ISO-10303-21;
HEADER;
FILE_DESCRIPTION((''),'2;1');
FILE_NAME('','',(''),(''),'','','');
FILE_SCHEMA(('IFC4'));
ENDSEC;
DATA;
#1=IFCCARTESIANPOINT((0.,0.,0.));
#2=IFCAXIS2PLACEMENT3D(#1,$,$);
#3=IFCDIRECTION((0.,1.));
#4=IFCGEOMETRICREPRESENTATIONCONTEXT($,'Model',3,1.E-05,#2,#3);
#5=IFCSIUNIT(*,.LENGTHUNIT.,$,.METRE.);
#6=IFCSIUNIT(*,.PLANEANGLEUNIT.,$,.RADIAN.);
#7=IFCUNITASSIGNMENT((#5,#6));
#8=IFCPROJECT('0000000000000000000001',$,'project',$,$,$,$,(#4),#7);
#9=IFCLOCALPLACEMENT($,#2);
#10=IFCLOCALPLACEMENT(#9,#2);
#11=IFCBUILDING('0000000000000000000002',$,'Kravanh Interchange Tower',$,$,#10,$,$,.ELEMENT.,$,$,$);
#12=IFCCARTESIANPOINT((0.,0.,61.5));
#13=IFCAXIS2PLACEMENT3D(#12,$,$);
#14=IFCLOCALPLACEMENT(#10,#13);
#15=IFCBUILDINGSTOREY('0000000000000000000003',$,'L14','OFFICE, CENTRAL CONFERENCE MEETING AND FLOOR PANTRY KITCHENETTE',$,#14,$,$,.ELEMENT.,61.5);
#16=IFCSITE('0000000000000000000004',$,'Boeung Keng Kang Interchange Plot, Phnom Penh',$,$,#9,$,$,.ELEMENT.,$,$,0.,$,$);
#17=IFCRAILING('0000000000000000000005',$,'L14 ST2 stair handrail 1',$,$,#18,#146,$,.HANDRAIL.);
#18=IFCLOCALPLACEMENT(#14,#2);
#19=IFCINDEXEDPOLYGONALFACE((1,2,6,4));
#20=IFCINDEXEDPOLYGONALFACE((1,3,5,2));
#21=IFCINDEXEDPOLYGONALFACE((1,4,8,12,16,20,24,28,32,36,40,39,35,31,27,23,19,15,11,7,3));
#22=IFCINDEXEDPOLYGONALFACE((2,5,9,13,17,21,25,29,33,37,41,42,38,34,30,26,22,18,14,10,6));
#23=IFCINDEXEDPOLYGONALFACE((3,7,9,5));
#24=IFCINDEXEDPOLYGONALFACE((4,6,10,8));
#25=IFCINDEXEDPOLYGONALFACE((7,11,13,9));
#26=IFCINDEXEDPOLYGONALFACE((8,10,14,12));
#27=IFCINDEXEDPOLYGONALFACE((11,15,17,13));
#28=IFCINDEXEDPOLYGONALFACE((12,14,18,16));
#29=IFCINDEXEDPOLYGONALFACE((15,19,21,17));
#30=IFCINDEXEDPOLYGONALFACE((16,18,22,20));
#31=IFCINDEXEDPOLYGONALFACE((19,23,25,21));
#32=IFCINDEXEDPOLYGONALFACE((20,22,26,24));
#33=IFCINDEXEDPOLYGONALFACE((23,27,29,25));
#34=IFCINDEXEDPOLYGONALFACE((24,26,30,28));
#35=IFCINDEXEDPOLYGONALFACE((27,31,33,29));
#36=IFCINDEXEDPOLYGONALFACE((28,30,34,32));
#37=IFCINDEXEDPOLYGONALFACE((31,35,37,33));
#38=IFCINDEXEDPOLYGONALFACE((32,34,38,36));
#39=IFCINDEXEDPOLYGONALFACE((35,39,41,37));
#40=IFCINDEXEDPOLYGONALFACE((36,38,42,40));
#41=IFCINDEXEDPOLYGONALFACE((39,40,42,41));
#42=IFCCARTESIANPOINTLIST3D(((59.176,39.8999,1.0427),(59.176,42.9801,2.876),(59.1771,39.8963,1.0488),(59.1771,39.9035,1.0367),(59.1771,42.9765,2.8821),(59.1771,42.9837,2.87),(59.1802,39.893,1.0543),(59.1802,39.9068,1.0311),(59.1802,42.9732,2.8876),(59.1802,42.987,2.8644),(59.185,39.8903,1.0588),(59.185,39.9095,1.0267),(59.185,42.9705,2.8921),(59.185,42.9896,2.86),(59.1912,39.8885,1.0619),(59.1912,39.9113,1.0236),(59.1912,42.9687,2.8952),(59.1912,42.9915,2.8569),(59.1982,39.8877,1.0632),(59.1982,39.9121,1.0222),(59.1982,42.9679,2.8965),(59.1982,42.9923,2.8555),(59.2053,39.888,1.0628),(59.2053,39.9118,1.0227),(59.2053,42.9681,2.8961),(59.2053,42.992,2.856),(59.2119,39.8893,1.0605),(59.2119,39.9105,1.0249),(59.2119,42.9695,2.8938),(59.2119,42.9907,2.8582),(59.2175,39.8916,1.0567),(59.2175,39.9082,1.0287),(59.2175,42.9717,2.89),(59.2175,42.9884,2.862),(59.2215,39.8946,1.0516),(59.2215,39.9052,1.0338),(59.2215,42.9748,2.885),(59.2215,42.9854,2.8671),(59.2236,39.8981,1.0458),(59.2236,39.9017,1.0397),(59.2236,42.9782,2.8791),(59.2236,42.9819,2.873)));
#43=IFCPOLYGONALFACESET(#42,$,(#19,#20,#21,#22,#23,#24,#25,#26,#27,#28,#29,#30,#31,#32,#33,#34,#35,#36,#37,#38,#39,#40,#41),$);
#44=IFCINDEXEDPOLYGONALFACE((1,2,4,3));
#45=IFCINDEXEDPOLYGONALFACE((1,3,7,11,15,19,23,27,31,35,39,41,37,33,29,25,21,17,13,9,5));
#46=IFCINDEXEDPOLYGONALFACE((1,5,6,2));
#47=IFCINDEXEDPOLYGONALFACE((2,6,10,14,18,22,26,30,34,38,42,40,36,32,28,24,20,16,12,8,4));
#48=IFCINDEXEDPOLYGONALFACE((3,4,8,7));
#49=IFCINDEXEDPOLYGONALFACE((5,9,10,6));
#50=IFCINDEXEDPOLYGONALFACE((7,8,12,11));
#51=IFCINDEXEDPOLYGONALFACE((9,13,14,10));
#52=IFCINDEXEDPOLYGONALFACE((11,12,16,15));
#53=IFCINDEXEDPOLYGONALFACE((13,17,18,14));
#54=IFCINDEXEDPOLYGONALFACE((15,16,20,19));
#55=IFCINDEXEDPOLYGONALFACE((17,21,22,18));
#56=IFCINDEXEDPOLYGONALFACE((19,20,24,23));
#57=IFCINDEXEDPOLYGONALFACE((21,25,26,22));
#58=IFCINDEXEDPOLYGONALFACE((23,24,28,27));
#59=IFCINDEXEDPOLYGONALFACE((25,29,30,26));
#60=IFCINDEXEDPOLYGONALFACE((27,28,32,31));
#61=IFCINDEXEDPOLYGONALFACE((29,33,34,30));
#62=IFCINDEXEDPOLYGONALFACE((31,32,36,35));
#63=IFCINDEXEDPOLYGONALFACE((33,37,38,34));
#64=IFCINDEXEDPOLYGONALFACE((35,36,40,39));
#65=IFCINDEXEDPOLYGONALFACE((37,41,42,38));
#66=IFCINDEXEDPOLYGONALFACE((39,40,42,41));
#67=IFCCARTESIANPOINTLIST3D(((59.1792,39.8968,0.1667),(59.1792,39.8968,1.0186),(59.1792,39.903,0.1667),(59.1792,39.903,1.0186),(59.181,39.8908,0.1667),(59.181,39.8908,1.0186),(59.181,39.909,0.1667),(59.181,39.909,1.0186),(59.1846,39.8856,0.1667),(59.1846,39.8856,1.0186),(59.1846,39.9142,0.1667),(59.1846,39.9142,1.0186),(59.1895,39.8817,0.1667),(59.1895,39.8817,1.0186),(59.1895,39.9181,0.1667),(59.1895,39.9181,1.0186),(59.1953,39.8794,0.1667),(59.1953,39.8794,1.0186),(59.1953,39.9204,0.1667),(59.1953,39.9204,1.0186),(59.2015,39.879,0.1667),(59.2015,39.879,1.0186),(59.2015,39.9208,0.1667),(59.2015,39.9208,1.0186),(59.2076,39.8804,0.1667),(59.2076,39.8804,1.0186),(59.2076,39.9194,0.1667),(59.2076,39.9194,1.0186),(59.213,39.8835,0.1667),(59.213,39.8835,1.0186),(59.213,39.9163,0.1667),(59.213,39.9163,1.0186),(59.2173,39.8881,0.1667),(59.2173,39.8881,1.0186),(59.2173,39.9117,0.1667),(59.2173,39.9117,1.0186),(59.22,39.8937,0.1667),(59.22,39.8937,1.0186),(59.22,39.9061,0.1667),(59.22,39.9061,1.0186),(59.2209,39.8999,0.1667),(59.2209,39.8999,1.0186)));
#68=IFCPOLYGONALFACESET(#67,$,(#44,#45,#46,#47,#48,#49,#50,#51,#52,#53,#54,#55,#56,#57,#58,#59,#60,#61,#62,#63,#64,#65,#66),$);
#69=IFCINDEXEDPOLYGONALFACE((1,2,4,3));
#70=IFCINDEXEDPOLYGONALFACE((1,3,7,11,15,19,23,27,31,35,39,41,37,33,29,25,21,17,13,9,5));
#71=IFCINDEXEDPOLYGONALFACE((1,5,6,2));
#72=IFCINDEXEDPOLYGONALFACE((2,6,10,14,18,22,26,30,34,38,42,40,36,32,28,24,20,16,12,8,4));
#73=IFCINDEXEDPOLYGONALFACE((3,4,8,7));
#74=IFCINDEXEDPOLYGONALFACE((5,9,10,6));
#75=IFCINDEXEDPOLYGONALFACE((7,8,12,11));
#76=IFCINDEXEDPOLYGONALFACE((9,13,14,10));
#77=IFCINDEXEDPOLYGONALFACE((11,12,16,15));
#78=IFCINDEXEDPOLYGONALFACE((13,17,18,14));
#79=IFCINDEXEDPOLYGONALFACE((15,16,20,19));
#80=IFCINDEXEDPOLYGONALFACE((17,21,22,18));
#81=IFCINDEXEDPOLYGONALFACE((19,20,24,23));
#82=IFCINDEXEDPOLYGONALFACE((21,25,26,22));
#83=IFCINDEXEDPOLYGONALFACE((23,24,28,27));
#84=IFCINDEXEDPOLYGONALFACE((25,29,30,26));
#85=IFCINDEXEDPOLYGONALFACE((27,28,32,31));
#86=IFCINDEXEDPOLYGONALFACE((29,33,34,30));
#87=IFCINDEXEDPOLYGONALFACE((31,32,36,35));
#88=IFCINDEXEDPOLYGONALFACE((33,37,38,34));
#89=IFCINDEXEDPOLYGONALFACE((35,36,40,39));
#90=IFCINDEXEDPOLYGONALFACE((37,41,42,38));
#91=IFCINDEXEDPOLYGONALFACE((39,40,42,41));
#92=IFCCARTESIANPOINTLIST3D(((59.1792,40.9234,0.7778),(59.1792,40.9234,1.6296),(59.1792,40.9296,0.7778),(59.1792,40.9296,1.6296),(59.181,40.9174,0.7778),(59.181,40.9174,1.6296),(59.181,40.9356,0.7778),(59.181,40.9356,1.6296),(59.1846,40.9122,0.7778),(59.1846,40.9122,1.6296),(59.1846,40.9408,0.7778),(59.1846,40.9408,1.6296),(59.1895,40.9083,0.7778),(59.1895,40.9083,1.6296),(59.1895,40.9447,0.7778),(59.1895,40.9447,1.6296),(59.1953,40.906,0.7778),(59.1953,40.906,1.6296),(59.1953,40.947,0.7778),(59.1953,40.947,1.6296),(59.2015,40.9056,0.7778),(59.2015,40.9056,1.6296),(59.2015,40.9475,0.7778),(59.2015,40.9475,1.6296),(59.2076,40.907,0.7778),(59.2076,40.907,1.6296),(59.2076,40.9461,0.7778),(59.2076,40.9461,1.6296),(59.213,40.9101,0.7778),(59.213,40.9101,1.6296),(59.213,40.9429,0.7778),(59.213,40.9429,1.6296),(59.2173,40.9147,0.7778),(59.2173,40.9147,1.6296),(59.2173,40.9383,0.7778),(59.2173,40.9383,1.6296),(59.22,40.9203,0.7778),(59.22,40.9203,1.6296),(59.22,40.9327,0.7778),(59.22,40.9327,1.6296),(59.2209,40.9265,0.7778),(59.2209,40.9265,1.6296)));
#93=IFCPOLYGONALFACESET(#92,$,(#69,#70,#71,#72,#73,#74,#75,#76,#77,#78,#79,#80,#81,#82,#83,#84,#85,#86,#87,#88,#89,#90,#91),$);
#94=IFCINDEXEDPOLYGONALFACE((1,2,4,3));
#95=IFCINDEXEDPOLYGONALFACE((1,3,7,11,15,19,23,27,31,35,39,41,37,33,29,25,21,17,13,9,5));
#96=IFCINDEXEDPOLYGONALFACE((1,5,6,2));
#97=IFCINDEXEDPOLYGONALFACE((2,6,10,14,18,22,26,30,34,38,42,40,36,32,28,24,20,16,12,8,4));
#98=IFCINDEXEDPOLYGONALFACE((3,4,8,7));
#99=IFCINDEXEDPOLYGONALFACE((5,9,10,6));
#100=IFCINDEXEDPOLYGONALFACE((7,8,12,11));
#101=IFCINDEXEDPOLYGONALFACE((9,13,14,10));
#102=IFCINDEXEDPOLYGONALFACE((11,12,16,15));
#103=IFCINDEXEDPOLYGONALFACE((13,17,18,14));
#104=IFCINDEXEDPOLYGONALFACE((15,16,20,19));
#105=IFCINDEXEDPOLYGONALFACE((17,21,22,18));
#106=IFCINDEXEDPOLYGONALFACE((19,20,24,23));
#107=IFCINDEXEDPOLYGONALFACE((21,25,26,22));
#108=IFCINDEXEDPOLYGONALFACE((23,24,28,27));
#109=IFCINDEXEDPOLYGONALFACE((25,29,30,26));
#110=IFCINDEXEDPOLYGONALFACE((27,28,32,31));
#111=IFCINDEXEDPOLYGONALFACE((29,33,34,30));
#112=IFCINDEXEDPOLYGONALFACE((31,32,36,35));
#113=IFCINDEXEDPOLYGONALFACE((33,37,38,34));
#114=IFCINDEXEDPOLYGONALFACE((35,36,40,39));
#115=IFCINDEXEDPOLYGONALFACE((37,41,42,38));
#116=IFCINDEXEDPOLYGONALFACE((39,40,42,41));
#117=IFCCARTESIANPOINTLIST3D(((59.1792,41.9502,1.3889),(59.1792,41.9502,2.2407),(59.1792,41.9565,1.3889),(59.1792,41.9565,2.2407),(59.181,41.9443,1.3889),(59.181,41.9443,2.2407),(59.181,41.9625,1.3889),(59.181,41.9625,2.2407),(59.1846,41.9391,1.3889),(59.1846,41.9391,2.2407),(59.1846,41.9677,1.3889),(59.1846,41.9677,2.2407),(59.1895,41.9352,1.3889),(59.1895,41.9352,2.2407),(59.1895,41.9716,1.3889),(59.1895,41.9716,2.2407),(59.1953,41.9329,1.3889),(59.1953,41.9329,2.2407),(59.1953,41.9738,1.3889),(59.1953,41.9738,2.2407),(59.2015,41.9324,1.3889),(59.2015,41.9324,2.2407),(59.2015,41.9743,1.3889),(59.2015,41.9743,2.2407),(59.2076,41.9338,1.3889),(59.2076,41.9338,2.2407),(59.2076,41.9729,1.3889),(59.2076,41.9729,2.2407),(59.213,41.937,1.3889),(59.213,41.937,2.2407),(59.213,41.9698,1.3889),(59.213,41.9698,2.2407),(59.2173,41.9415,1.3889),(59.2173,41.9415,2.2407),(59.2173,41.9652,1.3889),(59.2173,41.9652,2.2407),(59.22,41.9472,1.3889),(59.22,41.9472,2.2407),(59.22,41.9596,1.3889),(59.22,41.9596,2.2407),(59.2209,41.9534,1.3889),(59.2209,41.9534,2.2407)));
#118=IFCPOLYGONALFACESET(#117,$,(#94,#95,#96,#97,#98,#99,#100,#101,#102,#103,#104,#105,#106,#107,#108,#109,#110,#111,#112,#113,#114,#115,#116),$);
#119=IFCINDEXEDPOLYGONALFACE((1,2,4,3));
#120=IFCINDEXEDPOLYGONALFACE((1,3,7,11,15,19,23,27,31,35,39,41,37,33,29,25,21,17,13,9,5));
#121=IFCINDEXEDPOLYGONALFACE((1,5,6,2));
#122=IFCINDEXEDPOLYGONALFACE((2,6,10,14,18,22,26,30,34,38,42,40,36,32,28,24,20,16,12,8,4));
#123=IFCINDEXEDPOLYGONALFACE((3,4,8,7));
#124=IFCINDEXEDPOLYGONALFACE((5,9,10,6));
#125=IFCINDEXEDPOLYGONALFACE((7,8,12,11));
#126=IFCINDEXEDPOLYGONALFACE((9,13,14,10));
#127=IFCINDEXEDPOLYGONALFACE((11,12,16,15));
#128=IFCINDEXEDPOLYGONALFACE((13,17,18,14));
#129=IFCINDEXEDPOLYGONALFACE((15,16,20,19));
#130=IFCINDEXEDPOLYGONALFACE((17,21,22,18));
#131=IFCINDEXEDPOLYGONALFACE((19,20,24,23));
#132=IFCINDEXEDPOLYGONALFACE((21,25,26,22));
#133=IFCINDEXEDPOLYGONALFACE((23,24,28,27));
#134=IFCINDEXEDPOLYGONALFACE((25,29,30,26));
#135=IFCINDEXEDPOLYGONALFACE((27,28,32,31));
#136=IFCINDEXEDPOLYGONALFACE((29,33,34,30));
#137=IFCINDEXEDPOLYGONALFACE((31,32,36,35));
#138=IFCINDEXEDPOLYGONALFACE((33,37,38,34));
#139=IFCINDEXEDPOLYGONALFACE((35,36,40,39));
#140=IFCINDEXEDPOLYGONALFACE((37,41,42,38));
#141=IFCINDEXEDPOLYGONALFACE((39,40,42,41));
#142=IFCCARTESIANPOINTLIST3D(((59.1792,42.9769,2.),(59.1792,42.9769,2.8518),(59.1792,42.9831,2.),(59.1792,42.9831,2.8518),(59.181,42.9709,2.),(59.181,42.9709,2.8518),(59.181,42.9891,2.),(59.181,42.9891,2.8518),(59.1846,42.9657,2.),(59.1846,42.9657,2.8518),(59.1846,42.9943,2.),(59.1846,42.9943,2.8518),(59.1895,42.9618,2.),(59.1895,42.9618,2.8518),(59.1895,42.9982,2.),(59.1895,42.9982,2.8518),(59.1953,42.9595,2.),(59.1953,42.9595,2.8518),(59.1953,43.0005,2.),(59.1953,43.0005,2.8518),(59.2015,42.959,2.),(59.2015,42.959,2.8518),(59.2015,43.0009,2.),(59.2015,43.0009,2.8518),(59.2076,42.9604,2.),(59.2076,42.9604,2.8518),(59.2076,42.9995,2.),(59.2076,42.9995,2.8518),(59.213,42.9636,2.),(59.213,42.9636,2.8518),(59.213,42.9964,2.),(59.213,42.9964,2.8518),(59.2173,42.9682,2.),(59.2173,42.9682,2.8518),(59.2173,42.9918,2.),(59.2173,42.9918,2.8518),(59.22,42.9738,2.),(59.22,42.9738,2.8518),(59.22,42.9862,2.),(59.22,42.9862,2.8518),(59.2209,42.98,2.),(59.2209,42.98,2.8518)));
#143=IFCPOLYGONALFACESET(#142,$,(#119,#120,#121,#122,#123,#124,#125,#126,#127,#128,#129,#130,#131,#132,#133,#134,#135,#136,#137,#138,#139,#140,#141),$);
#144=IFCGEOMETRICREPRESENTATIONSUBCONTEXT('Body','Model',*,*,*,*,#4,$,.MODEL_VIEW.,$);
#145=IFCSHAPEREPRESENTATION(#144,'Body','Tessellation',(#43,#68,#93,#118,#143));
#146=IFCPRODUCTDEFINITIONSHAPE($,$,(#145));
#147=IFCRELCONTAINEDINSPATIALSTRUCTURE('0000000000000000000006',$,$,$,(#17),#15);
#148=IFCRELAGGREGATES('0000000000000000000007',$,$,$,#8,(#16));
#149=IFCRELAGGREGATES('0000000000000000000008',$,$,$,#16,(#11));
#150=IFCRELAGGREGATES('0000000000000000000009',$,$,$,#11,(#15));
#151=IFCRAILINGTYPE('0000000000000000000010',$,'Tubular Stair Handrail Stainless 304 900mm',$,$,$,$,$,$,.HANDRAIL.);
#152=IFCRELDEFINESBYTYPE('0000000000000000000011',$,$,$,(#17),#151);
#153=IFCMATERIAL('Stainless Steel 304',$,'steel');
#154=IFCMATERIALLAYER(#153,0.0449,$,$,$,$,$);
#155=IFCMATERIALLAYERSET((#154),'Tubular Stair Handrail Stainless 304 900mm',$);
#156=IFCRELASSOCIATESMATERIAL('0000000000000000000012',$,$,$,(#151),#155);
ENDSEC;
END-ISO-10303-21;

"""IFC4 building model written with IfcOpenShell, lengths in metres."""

from ifc_helpers import new_model, si_unit, direction, frame, origin, origin_2d, place, context, subcontext, project, spatial, circle, extrude, material, layer, layer_set, type_object, element, save


model = new_model("IFC4")

# Units and contexts
model_context = context("Model", 3, precision=1e-05, world=origin(), true_north=direction((0.0, 1.0)))
body_context = subcontext(model_context, "Body", "Model", "MODEL_VIEW")
ifc_project = project(units=[si_unit("LENGTHUNIT", "METRE"), si_unit("PLANEANGLEUNIT", "RADIAN")], contexts=[model_context])

# Site, building, storey
site_placement = place(None, origin())
site = spatial("IfcSite", under=ifc_project, at=site_placement, Name="Boeung Keng Kang Interchange Plot, Phnom Penh", CompositionType="ELEMENT", RefElevation=0.0)
building_placement = place(site_placement, origin())
building = spatial("IfcBuilding", under=site, at=building_placement, Name="Kravanh Interchange Tower", CompositionType="ELEMENT")
storey_placement = place(building_placement, frame((0.0, 0.0, 61.5)))
storey = spatial("IfcBuildingStorey", under=building, at=storey_placement, Name="L14", Description="OFFICE, CENTRAL CONFERENCE MEETING AND FLOOR PANTRY KITCHENETTE", CompositionType="ELEMENT", Elevation=61.5)

# Railing
ifc_material_1 = material(Name="Stainless Steel 304", Category="steel")
ifc_layer_1 = layer(ifc_material_1, 0.0449)
ifc_layer_set_1 = layer_set([ifc_layer_1], Name="Tubular Stair Handrail Stainless 304 900mm")
railing_type_1 = type_object("IfcRailingType", Name="Tubular Stair Handrail Stainless 304 900mm", PredefinedType="HANDRAIL", material=ifc_layer_set_1)
railing_1_placement = place(storey_placement, frame((59.2, 39.8999, 0.1667)))
element("IfcRailing", 1, at=railing_1_placement, inside=storey, type_object=railing_type_1, Name="L14 ST2 stair handrail 1", PredefinedType="HANDRAIL", context=body_context, shape_type="SweptSolid", body=[
    extrude(circle(Radius=0.0239, at=origin_2d()), frame((0.0, 0.0, 0.876), z_axis=(0.0, 0.859309, 0.511458), x_axis=(-1.0, 0.0, 0.0)), (0.0, 0.0, 1.0), 3.5845),
    extrude(circle(Radius=0.021, at=origin_2d()), origin(), (0.0, 0.0, 1.0), 0.8518),
    extrude(circle(Radius=0.021, at=origin_2d()), frame((0.0, 1.0266, 0.6111)), (0.0, 0.0, 1.0), 0.8518),
    extrude(circle(Radius=0.021, at=origin_2d()), frame((0.0, 2.0535, 1.2222)), (0.0, 0.0, 1.0), 0.8518),
    extrude(circle(Radius=0.021, at=origin_2d()), frame((0.0, 3.0801, 1.8333)), (0.0, 0.0, 1.0), 0.8518),
])

save(model, "model.ifc")
